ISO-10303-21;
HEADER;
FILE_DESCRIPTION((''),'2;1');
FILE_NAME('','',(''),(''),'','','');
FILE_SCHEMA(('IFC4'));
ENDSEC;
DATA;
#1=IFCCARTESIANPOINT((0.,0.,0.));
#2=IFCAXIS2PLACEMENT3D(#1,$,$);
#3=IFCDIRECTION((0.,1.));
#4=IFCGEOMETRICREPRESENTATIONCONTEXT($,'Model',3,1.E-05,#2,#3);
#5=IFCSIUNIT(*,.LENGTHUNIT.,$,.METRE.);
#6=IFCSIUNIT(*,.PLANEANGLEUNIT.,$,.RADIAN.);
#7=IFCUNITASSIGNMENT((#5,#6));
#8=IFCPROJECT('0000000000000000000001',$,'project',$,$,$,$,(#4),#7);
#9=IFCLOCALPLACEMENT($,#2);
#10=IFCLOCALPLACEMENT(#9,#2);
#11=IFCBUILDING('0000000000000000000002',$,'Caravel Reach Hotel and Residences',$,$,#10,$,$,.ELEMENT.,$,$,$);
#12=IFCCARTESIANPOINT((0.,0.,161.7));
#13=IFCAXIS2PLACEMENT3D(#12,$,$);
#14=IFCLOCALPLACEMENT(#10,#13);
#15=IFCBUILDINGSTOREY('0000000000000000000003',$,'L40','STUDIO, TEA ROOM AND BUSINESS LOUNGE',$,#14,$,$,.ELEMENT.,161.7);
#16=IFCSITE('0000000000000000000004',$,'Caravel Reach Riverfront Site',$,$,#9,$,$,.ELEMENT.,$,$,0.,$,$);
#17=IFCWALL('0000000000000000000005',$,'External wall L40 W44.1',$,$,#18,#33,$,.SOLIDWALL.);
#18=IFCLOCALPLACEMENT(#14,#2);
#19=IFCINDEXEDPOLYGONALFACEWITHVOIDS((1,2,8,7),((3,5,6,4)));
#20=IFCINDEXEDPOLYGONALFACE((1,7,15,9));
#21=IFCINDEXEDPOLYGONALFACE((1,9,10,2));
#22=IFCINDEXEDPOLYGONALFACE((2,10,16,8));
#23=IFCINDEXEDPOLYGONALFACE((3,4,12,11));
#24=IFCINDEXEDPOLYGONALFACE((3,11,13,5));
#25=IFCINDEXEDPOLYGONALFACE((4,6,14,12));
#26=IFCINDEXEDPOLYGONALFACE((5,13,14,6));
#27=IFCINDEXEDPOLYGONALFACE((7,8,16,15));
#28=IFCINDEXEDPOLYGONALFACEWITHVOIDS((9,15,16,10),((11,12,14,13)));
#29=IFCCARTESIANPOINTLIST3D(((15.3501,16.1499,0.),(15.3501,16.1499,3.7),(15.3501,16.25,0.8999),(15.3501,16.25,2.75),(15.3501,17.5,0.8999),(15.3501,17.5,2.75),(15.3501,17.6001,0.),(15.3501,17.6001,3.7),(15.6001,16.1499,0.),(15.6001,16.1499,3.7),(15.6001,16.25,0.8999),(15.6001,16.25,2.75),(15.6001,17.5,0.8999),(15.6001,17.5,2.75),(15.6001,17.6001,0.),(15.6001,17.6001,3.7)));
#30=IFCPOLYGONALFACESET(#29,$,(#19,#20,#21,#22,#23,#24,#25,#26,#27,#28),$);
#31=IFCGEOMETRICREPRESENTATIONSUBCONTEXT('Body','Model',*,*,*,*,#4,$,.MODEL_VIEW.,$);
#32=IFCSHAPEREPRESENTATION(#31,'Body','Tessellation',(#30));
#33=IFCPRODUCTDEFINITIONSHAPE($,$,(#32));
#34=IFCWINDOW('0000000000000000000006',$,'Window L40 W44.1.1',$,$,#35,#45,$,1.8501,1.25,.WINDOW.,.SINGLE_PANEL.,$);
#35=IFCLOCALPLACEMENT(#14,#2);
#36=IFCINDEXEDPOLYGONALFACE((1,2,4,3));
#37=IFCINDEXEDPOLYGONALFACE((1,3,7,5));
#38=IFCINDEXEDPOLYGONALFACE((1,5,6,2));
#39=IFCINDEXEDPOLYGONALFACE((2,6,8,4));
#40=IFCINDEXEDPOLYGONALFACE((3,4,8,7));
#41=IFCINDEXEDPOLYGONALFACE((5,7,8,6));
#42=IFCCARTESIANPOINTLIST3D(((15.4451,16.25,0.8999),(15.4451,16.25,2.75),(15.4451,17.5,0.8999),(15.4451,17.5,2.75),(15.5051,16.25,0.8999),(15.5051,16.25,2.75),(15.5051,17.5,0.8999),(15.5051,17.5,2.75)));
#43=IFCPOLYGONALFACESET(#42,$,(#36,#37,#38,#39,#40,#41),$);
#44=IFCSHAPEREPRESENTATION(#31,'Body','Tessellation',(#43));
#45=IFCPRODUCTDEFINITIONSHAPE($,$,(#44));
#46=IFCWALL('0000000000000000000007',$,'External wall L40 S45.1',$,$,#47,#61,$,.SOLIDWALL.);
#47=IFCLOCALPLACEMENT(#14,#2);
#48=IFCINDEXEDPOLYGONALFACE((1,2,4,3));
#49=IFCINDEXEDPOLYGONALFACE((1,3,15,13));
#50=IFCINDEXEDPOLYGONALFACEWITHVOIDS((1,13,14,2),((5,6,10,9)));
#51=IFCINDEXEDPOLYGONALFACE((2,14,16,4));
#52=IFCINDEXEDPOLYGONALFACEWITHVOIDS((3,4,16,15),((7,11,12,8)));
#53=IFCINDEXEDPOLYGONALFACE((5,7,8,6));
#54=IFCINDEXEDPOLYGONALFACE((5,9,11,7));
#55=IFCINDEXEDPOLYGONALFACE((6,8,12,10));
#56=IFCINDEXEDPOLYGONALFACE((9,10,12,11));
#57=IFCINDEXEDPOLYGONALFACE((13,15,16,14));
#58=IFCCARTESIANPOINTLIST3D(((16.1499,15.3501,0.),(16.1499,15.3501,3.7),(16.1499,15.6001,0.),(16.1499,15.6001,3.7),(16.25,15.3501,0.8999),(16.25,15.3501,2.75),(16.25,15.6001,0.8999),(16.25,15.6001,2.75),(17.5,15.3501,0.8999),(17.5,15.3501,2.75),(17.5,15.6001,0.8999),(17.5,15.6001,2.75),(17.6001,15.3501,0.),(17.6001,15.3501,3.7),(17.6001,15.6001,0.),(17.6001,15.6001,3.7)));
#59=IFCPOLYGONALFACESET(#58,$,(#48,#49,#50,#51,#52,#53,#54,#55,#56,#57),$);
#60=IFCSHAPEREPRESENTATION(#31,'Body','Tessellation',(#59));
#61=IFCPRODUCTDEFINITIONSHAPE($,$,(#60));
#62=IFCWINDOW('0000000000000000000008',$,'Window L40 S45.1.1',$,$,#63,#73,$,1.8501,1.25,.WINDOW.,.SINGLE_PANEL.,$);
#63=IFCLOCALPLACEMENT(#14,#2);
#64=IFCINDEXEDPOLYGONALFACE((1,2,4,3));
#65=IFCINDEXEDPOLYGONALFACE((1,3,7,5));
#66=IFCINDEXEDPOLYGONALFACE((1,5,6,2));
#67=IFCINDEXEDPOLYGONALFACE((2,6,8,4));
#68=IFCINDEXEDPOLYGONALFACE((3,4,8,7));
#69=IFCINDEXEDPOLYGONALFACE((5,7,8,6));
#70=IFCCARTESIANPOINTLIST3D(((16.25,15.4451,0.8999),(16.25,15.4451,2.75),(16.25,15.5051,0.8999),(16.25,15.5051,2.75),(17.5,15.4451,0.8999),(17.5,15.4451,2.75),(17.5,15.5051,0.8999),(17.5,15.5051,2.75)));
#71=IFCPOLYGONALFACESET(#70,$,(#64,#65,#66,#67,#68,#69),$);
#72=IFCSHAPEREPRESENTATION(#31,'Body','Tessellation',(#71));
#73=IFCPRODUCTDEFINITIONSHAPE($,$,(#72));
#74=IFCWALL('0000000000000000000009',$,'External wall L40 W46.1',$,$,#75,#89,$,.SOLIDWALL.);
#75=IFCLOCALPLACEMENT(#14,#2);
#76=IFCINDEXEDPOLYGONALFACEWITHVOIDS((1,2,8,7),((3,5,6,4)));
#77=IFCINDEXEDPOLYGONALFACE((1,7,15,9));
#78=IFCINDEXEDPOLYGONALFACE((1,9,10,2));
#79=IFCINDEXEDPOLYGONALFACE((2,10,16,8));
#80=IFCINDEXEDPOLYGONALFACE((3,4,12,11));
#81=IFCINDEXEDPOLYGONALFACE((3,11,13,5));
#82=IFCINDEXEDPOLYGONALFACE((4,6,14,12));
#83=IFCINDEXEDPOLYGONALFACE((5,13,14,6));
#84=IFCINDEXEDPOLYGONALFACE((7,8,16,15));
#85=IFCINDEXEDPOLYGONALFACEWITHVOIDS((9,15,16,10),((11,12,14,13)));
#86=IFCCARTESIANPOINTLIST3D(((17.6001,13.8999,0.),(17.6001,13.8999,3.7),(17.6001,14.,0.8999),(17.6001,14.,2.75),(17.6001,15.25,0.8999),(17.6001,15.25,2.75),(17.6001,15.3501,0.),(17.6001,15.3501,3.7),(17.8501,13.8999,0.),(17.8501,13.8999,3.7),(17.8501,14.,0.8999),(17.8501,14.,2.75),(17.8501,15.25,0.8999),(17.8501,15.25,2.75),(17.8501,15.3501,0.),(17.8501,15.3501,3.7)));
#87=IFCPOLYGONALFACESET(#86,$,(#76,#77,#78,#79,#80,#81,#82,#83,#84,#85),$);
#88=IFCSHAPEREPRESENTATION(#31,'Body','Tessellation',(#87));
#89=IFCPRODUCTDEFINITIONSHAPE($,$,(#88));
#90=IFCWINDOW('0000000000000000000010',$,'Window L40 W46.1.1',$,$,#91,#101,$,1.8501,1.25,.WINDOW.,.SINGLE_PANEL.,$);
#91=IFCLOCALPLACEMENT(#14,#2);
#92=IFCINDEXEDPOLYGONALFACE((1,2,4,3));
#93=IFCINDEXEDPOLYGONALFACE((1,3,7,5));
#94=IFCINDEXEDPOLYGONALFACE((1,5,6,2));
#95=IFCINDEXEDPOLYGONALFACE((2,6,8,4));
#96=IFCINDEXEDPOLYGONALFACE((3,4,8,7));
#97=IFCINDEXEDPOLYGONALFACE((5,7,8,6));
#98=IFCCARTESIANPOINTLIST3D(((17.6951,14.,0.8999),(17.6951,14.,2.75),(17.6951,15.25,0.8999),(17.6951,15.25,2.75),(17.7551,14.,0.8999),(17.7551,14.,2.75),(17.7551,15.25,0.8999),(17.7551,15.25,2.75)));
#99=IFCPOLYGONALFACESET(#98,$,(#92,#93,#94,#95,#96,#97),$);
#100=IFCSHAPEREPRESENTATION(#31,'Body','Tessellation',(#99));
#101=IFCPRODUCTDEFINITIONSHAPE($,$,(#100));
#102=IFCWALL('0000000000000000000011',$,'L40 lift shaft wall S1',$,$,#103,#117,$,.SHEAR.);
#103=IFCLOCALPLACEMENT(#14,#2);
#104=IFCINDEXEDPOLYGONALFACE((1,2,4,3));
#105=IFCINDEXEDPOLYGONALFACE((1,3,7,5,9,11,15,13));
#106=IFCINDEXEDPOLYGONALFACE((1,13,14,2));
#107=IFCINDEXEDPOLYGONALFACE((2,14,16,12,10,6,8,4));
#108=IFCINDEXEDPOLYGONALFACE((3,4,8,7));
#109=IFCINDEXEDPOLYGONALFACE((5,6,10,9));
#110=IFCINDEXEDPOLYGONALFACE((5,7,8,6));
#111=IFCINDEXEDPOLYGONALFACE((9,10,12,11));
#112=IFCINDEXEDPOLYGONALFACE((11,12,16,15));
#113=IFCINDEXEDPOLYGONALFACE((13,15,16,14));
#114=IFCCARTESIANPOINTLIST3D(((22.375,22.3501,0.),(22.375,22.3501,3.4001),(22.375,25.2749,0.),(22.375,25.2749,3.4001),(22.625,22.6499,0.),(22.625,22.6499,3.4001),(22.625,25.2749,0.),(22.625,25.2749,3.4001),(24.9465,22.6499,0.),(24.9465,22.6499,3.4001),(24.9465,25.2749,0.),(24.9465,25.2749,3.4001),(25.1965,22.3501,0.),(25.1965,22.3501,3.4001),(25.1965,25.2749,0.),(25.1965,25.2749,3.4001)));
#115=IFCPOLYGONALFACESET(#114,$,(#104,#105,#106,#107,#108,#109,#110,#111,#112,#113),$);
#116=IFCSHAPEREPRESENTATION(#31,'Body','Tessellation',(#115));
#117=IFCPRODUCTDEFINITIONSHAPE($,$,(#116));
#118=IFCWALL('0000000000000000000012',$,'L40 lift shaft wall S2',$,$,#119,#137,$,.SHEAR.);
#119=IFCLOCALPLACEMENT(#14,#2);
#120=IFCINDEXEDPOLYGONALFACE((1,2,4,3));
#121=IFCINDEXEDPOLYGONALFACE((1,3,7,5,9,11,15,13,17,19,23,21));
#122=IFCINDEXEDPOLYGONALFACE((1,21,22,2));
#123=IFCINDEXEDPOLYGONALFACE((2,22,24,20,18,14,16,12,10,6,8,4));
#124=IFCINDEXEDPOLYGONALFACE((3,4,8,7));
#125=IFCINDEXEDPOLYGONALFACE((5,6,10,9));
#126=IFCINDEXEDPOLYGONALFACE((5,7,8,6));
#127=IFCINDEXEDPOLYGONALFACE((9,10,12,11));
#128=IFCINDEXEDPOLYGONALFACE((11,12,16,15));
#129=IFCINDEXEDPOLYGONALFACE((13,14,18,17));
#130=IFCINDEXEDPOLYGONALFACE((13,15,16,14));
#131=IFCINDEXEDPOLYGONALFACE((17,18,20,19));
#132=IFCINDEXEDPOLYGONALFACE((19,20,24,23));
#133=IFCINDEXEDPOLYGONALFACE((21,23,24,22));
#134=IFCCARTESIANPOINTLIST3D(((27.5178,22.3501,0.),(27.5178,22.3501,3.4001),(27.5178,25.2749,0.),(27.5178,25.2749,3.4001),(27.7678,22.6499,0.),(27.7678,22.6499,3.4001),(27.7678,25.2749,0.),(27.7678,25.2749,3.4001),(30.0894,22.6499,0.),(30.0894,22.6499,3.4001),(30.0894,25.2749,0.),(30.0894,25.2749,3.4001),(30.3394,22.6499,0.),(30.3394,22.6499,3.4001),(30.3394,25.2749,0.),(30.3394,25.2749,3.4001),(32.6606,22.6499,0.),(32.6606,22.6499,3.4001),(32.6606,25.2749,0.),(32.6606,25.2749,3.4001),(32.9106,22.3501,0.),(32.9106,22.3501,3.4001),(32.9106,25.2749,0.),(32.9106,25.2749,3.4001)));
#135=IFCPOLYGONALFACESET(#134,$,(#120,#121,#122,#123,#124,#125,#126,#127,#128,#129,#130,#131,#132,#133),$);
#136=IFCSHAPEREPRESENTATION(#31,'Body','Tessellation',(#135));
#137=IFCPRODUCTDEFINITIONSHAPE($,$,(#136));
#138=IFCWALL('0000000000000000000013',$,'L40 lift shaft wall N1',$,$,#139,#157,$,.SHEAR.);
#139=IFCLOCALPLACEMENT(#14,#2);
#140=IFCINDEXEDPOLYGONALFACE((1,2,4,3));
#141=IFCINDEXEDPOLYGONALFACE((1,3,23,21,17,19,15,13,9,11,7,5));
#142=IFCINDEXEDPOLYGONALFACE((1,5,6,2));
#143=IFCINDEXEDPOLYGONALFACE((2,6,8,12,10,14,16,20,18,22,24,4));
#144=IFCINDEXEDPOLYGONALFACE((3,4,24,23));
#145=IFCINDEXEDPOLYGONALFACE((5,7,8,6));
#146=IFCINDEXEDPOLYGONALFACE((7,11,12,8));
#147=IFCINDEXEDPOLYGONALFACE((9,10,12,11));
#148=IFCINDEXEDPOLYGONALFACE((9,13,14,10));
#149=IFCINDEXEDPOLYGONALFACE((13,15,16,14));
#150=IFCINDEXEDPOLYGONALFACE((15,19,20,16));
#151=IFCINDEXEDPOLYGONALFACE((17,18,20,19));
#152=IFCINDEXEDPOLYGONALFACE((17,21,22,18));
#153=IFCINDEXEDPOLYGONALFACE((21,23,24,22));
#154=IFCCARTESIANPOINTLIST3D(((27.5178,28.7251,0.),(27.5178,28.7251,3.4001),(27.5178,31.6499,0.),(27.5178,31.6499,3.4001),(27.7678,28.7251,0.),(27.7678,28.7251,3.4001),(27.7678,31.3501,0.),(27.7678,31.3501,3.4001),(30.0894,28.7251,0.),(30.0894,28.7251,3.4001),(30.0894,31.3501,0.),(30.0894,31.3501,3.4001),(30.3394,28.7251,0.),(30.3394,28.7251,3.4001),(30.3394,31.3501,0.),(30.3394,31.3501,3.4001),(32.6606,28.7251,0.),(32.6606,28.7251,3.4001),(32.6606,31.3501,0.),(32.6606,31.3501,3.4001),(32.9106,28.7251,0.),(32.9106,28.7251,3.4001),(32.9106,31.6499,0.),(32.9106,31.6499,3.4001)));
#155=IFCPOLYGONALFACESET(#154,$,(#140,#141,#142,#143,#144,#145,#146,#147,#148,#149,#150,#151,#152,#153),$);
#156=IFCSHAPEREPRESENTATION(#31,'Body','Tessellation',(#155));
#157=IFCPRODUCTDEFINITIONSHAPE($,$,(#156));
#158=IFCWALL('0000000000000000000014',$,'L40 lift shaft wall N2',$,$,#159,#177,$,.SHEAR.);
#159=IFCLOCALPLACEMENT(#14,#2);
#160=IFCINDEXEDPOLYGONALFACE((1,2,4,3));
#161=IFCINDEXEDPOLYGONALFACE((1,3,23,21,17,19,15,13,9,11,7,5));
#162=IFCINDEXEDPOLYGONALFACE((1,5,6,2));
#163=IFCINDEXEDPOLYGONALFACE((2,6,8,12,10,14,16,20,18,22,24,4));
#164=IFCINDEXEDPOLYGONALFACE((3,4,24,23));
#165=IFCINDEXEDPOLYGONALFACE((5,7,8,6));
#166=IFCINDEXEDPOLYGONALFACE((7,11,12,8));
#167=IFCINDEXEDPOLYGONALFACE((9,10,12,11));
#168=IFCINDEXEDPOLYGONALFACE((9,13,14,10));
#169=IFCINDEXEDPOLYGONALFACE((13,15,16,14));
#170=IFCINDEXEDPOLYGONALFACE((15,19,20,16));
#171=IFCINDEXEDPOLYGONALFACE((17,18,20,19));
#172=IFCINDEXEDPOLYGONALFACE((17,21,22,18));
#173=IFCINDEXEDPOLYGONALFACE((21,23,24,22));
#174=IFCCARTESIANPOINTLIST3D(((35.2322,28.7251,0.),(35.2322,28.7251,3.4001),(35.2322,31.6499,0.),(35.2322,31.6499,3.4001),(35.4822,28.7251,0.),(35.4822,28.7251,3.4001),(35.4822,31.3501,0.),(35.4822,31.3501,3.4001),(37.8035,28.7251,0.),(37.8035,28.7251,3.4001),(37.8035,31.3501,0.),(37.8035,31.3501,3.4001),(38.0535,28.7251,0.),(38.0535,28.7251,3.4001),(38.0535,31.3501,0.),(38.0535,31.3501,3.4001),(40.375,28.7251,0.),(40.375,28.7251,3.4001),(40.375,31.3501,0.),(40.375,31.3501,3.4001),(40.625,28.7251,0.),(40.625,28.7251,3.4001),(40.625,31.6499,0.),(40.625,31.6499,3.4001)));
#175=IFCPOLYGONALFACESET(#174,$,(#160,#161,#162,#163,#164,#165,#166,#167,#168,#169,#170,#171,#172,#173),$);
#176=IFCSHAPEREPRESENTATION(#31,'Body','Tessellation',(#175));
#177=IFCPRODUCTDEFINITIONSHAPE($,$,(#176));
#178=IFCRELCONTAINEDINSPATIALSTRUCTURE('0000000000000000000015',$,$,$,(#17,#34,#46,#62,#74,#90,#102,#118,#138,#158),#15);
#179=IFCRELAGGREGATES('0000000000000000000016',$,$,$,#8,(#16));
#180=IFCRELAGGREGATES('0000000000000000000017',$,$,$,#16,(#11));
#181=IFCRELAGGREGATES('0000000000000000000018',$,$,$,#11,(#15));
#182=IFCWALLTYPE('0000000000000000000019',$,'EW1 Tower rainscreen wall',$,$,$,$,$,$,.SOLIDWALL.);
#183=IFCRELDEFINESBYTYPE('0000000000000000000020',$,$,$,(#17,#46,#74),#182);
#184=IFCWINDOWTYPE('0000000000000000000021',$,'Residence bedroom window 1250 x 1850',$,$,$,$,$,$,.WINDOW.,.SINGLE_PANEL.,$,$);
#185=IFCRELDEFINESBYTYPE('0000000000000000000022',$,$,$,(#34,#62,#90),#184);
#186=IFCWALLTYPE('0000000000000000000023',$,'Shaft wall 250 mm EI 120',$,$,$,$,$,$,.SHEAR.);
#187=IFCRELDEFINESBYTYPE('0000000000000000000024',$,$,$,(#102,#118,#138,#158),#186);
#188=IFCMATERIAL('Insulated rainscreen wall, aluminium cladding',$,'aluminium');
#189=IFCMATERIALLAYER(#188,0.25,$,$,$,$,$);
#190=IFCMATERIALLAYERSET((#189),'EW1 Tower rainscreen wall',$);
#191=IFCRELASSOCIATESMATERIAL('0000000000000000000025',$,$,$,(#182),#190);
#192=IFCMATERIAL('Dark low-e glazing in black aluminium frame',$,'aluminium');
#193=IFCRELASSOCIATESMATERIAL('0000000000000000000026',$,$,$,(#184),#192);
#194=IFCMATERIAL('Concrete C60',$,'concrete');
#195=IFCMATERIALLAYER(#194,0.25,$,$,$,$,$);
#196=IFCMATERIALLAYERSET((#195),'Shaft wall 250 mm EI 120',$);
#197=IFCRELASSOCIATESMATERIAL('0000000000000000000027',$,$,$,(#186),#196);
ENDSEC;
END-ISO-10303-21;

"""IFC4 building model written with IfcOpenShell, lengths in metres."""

from ifc_helpers import new_model, si_unit, direction, frame, frame_2d, origin, place, context, subcontext, project, spatial, polyline, rectangle, outline, extrude, material, layer, layer_set, type_object, element, fill, save


model = new_model("IFC4")

# Units and contexts
model_context = context("Model", 3, precision=1e-05, world=origin(), true_north=direction((0.0, 1.0)))
body_context = subcontext(model_context, "Body", "Model", "MODEL_VIEW")
ifc_project = project(units=[si_unit("LENGTHUNIT", "METRE"), si_unit("PLANEANGLEUNIT", "RADIAN")], contexts=[model_context])

# Site, building, storey
site_placement = place(None, origin())
site = spatial("IfcSite", under=ifc_project, at=site_placement, Name="Caravel Reach Riverfront Site", CompositionType="ELEMENT", RefElevation=0.0)
building_placement = place(site_placement, origin())
building = spatial("IfcBuilding", under=site, at=building_placement, Name="Caravel Reach Hotel and Residences", CompositionType="ELEMENT")
storey_placement = place(building_placement, frame((0.0, 0.0, 161.7)))
storey = spatial("IfcBuildingStorey", under=building, at=storey_placement, Name="L40", Description="STUDIO, TEA ROOM AND BUSINESS LOUNGE", CompositionType="ELEMENT", Elevation=161.7)

# Shared definitions
ifc_material_1 = material(Name="Insulated rainscreen wall, aluminium cladding", Category="aluminium")
ifc_layer_1 = layer(ifc_material_1, 0.25)
ifc_layer_set_1 = layer_set([ifc_layer_1], Name="EW1 Tower rainscreen wall")
wall_type_1 = type_object("IfcWallType", Name="EW1 Tower rainscreen wall", PredefinedType="SOLIDWALL", material=ifc_layer_set_1)

# Walls, openings, windows
ifc_material_2 = material(Name="Dark low-e glazing in black aluminium frame", Category="aluminium")
window_type_1 = type_object("IfcWindowType", Name="Residence bedroom window 1250 x 1850", PartitioningType="SINGLE_PANEL", PredefinedType="WINDOW", material=ifc_material_2)
wall_1_placement = place(storey_placement, frame((15.4751, 17.6001, 0.0), z_axis=(0.0, 0.0, 1.0), x_axis=(0.0, -1.0, 0.0)))
wall_1 = element("IfcWall", 1, at=wall_1_placement, inside=storey, type_object=wall_type_1, Name="External wall L40 W44.1", PredefinedType="SOLIDWALL", context=body_context, shape_type="SweptSolid", body=[
    extrude(rectangle(XDim=1.4502, YDim=0.25, at=frame_2d((0.7251, 0.0))), origin(), (0.0, 0.0, 1.0), 3.7),
])
opening_1_placement = place(wall_1_placement, frame((0.1001, 0.0, 0.8999)))
opening_1 = element("IfcOpeningElement", 2, at=opening_1_placement, cuts=wall_1, PredefinedType="OPENING", context=body_context, shape_type="SweptSolid", body=[
    extrude(rectangle(XDim=1.25, YDim=1.8501, at=frame_2d((0.625, 0.925))), frame((0.0, 0.135, 0.0), z_axis=(0.0, -1.0, 0.0), x_axis=(1.0, 0.0, 0.0)), (0.0, 0.0, 1.0), 0.27),
])
window_1_placement = place(opening_1_placement, origin())
window_1 = element("IfcWindow", 3, at=window_1_placement, inside=storey, type_object=window_type_1, Name="Window L40 W44.1.1", OverallHeight=1.8501, OverallWidth=1.25, PartitioningType="SINGLE_PANEL", PredefinedType="WINDOW", context=body_context, shape_type="SweptSolid", body=[
    extrude(rectangle(XDim=1.25, YDim=1.8501, at=frame_2d((0.625, 0.925))), frame((0.0, 0.03, 0.0), z_axis=(0.0, -1.0, 0.0), x_axis=(1.0, 0.0, 0.0)), (0.0, 0.0, 1.0), 0.0601),
])
fill(opening_1, window_1)
wall_2_placement = place(storey_placement, frame((16.1499, 15.4751, 0.0), z_axis=(0.0, 0.0, 1.0), x_axis=(1.0, 0.0, 0.0)))
wall_2 = element("IfcWall", 4, at=wall_2_placement, inside=storey, type_object=wall_type_1, Name="External wall L40 S45.1", PredefinedType="SOLIDWALL", context=body_context, shape_type="SweptSolid", body=[
    extrude(rectangle(XDim=1.4502, YDim=0.25, at=frame_2d((0.7251, 0.0))), origin(), (0.0, 0.0, 1.0), 3.7),
])
opening_2_placement = place(wall_2_placement, frame((0.1001, 0.0, 0.8999)))
opening_2 = element("IfcOpeningElement", 5, at=opening_2_placement, cuts=wall_2, PredefinedType="OPENING", context=body_context, shape_type="SweptSolid", body=[
    extrude(rectangle(XDim=1.25, YDim=1.8501, at=frame_2d((0.625, 0.925))), frame((0.0, 0.135, 0.0), z_axis=(0.0, -1.0, 0.0), x_axis=(1.0, 0.0, 0.0)), (0.0, 0.0, 1.0), 0.27),
])
window_2_placement = place(opening_2_placement, origin())
window_2 = element("IfcWindow", 6, at=window_2_placement, inside=storey, type_object=window_type_1, Name="Window L40 S45.1.1", OverallHeight=1.8501, OverallWidth=1.25, PartitioningType="SINGLE_PANEL", PredefinedType="WINDOW", context=body_context, shape_type="SweptSolid", body=[
    extrude(rectangle(XDim=1.25, YDim=1.8501, at=frame_2d((0.625, 0.925))), frame((0.0, 0.03, 0.0), z_axis=(0.0, -1.0, 0.0), x_axis=(1.0, 0.0, 0.0)), (0.0, 0.0, 1.0), 0.0601),
])
fill(opening_2, window_2)
wall_3_placement = place(storey_placement, frame((17.7251, 15.3501, 0.0), z_axis=(0.0, 0.0, 1.0), x_axis=(0.0, -1.0, 0.0)))
wall_3 = element("IfcWall", 7, at=wall_3_placement, inside=storey, type_object=wall_type_1, Name="External wall L40 W46.1", PredefinedType="SOLIDWALL", context=body_context, shape_type="SweptSolid", body=[
    extrude(rectangle(XDim=1.4502, YDim=0.25, at=frame_2d((0.7251, 0.0))), origin(), (0.0, 0.0, 1.0), 3.7),
])
opening_3_placement = place(wall_3_placement, frame((0.1001, 0.0, 0.8999)))
opening_3 = element("IfcOpeningElement", 8, at=opening_3_placement, cuts=wall_3, PredefinedType="OPENING", context=body_context, shape_type="SweptSolid", body=[
    extrude(rectangle(XDim=1.25, YDim=1.8501, at=frame_2d((0.625, 0.925))), frame((0.0, 0.135, 0.0), z_axis=(0.0, -1.0, 0.0), x_axis=(1.0, 0.0, 0.0)), (0.0, 0.0, 1.0), 0.27),
])
window_3_placement = place(opening_3_placement, origin())
window_3 = element("IfcWindow", 9, at=window_3_placement, inside=storey, type_object=window_type_1, Name="Window L40 W46.1.1", OverallHeight=1.8501, OverallWidth=1.25, PartitioningType="SINGLE_PANEL", PredefinedType="WINDOW", context=body_context, shape_type="SweptSolid", body=[
    extrude(rectangle(XDim=1.25, YDim=1.8501, at=frame_2d((0.625, 0.925))), frame((0.0, 0.03, 0.0), z_axis=(0.0, -1.0, 0.0), x_axis=(1.0, 0.0, 0.0)), (0.0, 0.0, 1.0), 0.0601),
])
fill(opening_3, window_3)

# Walls
ifc_material_3 = material(Name="Concrete C60", Category="concrete")
ifc_layer_2 = layer(ifc_material_3, 0.25)
ifc_layer_set_2 = layer_set([ifc_layer_2], Name="Shaft wall 250 mm EI 120")
wall_type_2 = type_object("IfcWallType", Name="Shaft wall 250 mm EI 120", PredefinedType="SHEAR", material=ifc_layer_set_2)
wall_4_placement = place(storey_placement, origin())
element("IfcWall", 10, at=wall_4_placement, inside=storey, type_object=wall_type_2, Name="L40 lift shaft wall S1", PredefinedType="SHEAR", context=body_context, shape_type="SweptSolid", body=[
    extrude(outline(polyline([(22.375, 22.3501), (25.1965, 22.3501), (25.1965, 25.2749), (24.9465, 25.2749), (24.9465, 22.6499), (22.625, 22.6499), (22.625, 25.2749), (22.375, 25.2749), (22.375, 22.3501)])), origin(), (0.0, 0.0, 1.0), 3.4001),
])
wall_5_placement = place(storey_placement, origin())
element("IfcWall", 11, at=wall_5_placement, inside=storey, type_object=wall_type_2, Name="L40 lift shaft wall S2", PredefinedType="SHEAR", context=body_context, shape_type="SweptSolid", body=[
    extrude(outline(polyline([(27.5178, 22.3501), (32.9106, 22.3501), (32.9106, 25.2749), (32.6606, 25.2749), (32.6606, 22.6499), (30.3394, 22.6499), (30.3394, 25.2749), (30.0894, 25.2749), (30.0894, 22.6499), (27.7678, 22.6499), (27.7678, 25.2749), (27.5178, 25.2749), (27.5178, 22.3501)])), origin(), (0.0, 0.0, 1.0), 3.4001),
])
wall_6_placement = place(storey_placement, origin())
element("IfcWall", 12, at=wall_6_placement, inside=storey, type_object=wall_type_2, Name="L40 lift shaft wall N1", PredefinedType="SHEAR", context=body_context, shape_type="SweptSolid", body=[
    extrude(outline(polyline([(27.5178, 28.7251), (27.7678, 28.7251), (27.7678, 31.3501), (30.0894, 31.3501), (30.0894, 28.7251), (30.3394, 28.7251), (30.3394, 31.3501), (32.6606, 31.3501), (32.6606, 28.7251), (32.9106, 28.7251), (32.9106, 31.6499), (27.5178, 31.6499), (27.5178, 28.7251)])), origin(), (0.0, 0.0, 1.0), 3.4001),
])
wall_7_placement = place(storey_placement, origin())
element("IfcWall", 13, at=wall_7_placement, inside=storey, type_object=wall_type_2, Name="L40 lift shaft wall N2", PredefinedType="SHEAR", context=body_context, shape_type="SweptSolid", body=[
    extrude(outline(polyline([(35.2322, 28.7251), (35.4822, 28.7251), (35.4822, 31.3501), (37.8035, 31.3501), (37.8035, 28.7251), (38.0535, 28.7251), (38.0535, 31.3501), (40.375, 31.3501), (40.375, 28.7251), (40.625, 28.7251), (40.625, 31.6499), (35.2322, 31.6499), (35.2322, 28.7251)])), origin(), (0.0, 0.0, 1.0), 3.4001),
])

save(model, "model.ifc")
